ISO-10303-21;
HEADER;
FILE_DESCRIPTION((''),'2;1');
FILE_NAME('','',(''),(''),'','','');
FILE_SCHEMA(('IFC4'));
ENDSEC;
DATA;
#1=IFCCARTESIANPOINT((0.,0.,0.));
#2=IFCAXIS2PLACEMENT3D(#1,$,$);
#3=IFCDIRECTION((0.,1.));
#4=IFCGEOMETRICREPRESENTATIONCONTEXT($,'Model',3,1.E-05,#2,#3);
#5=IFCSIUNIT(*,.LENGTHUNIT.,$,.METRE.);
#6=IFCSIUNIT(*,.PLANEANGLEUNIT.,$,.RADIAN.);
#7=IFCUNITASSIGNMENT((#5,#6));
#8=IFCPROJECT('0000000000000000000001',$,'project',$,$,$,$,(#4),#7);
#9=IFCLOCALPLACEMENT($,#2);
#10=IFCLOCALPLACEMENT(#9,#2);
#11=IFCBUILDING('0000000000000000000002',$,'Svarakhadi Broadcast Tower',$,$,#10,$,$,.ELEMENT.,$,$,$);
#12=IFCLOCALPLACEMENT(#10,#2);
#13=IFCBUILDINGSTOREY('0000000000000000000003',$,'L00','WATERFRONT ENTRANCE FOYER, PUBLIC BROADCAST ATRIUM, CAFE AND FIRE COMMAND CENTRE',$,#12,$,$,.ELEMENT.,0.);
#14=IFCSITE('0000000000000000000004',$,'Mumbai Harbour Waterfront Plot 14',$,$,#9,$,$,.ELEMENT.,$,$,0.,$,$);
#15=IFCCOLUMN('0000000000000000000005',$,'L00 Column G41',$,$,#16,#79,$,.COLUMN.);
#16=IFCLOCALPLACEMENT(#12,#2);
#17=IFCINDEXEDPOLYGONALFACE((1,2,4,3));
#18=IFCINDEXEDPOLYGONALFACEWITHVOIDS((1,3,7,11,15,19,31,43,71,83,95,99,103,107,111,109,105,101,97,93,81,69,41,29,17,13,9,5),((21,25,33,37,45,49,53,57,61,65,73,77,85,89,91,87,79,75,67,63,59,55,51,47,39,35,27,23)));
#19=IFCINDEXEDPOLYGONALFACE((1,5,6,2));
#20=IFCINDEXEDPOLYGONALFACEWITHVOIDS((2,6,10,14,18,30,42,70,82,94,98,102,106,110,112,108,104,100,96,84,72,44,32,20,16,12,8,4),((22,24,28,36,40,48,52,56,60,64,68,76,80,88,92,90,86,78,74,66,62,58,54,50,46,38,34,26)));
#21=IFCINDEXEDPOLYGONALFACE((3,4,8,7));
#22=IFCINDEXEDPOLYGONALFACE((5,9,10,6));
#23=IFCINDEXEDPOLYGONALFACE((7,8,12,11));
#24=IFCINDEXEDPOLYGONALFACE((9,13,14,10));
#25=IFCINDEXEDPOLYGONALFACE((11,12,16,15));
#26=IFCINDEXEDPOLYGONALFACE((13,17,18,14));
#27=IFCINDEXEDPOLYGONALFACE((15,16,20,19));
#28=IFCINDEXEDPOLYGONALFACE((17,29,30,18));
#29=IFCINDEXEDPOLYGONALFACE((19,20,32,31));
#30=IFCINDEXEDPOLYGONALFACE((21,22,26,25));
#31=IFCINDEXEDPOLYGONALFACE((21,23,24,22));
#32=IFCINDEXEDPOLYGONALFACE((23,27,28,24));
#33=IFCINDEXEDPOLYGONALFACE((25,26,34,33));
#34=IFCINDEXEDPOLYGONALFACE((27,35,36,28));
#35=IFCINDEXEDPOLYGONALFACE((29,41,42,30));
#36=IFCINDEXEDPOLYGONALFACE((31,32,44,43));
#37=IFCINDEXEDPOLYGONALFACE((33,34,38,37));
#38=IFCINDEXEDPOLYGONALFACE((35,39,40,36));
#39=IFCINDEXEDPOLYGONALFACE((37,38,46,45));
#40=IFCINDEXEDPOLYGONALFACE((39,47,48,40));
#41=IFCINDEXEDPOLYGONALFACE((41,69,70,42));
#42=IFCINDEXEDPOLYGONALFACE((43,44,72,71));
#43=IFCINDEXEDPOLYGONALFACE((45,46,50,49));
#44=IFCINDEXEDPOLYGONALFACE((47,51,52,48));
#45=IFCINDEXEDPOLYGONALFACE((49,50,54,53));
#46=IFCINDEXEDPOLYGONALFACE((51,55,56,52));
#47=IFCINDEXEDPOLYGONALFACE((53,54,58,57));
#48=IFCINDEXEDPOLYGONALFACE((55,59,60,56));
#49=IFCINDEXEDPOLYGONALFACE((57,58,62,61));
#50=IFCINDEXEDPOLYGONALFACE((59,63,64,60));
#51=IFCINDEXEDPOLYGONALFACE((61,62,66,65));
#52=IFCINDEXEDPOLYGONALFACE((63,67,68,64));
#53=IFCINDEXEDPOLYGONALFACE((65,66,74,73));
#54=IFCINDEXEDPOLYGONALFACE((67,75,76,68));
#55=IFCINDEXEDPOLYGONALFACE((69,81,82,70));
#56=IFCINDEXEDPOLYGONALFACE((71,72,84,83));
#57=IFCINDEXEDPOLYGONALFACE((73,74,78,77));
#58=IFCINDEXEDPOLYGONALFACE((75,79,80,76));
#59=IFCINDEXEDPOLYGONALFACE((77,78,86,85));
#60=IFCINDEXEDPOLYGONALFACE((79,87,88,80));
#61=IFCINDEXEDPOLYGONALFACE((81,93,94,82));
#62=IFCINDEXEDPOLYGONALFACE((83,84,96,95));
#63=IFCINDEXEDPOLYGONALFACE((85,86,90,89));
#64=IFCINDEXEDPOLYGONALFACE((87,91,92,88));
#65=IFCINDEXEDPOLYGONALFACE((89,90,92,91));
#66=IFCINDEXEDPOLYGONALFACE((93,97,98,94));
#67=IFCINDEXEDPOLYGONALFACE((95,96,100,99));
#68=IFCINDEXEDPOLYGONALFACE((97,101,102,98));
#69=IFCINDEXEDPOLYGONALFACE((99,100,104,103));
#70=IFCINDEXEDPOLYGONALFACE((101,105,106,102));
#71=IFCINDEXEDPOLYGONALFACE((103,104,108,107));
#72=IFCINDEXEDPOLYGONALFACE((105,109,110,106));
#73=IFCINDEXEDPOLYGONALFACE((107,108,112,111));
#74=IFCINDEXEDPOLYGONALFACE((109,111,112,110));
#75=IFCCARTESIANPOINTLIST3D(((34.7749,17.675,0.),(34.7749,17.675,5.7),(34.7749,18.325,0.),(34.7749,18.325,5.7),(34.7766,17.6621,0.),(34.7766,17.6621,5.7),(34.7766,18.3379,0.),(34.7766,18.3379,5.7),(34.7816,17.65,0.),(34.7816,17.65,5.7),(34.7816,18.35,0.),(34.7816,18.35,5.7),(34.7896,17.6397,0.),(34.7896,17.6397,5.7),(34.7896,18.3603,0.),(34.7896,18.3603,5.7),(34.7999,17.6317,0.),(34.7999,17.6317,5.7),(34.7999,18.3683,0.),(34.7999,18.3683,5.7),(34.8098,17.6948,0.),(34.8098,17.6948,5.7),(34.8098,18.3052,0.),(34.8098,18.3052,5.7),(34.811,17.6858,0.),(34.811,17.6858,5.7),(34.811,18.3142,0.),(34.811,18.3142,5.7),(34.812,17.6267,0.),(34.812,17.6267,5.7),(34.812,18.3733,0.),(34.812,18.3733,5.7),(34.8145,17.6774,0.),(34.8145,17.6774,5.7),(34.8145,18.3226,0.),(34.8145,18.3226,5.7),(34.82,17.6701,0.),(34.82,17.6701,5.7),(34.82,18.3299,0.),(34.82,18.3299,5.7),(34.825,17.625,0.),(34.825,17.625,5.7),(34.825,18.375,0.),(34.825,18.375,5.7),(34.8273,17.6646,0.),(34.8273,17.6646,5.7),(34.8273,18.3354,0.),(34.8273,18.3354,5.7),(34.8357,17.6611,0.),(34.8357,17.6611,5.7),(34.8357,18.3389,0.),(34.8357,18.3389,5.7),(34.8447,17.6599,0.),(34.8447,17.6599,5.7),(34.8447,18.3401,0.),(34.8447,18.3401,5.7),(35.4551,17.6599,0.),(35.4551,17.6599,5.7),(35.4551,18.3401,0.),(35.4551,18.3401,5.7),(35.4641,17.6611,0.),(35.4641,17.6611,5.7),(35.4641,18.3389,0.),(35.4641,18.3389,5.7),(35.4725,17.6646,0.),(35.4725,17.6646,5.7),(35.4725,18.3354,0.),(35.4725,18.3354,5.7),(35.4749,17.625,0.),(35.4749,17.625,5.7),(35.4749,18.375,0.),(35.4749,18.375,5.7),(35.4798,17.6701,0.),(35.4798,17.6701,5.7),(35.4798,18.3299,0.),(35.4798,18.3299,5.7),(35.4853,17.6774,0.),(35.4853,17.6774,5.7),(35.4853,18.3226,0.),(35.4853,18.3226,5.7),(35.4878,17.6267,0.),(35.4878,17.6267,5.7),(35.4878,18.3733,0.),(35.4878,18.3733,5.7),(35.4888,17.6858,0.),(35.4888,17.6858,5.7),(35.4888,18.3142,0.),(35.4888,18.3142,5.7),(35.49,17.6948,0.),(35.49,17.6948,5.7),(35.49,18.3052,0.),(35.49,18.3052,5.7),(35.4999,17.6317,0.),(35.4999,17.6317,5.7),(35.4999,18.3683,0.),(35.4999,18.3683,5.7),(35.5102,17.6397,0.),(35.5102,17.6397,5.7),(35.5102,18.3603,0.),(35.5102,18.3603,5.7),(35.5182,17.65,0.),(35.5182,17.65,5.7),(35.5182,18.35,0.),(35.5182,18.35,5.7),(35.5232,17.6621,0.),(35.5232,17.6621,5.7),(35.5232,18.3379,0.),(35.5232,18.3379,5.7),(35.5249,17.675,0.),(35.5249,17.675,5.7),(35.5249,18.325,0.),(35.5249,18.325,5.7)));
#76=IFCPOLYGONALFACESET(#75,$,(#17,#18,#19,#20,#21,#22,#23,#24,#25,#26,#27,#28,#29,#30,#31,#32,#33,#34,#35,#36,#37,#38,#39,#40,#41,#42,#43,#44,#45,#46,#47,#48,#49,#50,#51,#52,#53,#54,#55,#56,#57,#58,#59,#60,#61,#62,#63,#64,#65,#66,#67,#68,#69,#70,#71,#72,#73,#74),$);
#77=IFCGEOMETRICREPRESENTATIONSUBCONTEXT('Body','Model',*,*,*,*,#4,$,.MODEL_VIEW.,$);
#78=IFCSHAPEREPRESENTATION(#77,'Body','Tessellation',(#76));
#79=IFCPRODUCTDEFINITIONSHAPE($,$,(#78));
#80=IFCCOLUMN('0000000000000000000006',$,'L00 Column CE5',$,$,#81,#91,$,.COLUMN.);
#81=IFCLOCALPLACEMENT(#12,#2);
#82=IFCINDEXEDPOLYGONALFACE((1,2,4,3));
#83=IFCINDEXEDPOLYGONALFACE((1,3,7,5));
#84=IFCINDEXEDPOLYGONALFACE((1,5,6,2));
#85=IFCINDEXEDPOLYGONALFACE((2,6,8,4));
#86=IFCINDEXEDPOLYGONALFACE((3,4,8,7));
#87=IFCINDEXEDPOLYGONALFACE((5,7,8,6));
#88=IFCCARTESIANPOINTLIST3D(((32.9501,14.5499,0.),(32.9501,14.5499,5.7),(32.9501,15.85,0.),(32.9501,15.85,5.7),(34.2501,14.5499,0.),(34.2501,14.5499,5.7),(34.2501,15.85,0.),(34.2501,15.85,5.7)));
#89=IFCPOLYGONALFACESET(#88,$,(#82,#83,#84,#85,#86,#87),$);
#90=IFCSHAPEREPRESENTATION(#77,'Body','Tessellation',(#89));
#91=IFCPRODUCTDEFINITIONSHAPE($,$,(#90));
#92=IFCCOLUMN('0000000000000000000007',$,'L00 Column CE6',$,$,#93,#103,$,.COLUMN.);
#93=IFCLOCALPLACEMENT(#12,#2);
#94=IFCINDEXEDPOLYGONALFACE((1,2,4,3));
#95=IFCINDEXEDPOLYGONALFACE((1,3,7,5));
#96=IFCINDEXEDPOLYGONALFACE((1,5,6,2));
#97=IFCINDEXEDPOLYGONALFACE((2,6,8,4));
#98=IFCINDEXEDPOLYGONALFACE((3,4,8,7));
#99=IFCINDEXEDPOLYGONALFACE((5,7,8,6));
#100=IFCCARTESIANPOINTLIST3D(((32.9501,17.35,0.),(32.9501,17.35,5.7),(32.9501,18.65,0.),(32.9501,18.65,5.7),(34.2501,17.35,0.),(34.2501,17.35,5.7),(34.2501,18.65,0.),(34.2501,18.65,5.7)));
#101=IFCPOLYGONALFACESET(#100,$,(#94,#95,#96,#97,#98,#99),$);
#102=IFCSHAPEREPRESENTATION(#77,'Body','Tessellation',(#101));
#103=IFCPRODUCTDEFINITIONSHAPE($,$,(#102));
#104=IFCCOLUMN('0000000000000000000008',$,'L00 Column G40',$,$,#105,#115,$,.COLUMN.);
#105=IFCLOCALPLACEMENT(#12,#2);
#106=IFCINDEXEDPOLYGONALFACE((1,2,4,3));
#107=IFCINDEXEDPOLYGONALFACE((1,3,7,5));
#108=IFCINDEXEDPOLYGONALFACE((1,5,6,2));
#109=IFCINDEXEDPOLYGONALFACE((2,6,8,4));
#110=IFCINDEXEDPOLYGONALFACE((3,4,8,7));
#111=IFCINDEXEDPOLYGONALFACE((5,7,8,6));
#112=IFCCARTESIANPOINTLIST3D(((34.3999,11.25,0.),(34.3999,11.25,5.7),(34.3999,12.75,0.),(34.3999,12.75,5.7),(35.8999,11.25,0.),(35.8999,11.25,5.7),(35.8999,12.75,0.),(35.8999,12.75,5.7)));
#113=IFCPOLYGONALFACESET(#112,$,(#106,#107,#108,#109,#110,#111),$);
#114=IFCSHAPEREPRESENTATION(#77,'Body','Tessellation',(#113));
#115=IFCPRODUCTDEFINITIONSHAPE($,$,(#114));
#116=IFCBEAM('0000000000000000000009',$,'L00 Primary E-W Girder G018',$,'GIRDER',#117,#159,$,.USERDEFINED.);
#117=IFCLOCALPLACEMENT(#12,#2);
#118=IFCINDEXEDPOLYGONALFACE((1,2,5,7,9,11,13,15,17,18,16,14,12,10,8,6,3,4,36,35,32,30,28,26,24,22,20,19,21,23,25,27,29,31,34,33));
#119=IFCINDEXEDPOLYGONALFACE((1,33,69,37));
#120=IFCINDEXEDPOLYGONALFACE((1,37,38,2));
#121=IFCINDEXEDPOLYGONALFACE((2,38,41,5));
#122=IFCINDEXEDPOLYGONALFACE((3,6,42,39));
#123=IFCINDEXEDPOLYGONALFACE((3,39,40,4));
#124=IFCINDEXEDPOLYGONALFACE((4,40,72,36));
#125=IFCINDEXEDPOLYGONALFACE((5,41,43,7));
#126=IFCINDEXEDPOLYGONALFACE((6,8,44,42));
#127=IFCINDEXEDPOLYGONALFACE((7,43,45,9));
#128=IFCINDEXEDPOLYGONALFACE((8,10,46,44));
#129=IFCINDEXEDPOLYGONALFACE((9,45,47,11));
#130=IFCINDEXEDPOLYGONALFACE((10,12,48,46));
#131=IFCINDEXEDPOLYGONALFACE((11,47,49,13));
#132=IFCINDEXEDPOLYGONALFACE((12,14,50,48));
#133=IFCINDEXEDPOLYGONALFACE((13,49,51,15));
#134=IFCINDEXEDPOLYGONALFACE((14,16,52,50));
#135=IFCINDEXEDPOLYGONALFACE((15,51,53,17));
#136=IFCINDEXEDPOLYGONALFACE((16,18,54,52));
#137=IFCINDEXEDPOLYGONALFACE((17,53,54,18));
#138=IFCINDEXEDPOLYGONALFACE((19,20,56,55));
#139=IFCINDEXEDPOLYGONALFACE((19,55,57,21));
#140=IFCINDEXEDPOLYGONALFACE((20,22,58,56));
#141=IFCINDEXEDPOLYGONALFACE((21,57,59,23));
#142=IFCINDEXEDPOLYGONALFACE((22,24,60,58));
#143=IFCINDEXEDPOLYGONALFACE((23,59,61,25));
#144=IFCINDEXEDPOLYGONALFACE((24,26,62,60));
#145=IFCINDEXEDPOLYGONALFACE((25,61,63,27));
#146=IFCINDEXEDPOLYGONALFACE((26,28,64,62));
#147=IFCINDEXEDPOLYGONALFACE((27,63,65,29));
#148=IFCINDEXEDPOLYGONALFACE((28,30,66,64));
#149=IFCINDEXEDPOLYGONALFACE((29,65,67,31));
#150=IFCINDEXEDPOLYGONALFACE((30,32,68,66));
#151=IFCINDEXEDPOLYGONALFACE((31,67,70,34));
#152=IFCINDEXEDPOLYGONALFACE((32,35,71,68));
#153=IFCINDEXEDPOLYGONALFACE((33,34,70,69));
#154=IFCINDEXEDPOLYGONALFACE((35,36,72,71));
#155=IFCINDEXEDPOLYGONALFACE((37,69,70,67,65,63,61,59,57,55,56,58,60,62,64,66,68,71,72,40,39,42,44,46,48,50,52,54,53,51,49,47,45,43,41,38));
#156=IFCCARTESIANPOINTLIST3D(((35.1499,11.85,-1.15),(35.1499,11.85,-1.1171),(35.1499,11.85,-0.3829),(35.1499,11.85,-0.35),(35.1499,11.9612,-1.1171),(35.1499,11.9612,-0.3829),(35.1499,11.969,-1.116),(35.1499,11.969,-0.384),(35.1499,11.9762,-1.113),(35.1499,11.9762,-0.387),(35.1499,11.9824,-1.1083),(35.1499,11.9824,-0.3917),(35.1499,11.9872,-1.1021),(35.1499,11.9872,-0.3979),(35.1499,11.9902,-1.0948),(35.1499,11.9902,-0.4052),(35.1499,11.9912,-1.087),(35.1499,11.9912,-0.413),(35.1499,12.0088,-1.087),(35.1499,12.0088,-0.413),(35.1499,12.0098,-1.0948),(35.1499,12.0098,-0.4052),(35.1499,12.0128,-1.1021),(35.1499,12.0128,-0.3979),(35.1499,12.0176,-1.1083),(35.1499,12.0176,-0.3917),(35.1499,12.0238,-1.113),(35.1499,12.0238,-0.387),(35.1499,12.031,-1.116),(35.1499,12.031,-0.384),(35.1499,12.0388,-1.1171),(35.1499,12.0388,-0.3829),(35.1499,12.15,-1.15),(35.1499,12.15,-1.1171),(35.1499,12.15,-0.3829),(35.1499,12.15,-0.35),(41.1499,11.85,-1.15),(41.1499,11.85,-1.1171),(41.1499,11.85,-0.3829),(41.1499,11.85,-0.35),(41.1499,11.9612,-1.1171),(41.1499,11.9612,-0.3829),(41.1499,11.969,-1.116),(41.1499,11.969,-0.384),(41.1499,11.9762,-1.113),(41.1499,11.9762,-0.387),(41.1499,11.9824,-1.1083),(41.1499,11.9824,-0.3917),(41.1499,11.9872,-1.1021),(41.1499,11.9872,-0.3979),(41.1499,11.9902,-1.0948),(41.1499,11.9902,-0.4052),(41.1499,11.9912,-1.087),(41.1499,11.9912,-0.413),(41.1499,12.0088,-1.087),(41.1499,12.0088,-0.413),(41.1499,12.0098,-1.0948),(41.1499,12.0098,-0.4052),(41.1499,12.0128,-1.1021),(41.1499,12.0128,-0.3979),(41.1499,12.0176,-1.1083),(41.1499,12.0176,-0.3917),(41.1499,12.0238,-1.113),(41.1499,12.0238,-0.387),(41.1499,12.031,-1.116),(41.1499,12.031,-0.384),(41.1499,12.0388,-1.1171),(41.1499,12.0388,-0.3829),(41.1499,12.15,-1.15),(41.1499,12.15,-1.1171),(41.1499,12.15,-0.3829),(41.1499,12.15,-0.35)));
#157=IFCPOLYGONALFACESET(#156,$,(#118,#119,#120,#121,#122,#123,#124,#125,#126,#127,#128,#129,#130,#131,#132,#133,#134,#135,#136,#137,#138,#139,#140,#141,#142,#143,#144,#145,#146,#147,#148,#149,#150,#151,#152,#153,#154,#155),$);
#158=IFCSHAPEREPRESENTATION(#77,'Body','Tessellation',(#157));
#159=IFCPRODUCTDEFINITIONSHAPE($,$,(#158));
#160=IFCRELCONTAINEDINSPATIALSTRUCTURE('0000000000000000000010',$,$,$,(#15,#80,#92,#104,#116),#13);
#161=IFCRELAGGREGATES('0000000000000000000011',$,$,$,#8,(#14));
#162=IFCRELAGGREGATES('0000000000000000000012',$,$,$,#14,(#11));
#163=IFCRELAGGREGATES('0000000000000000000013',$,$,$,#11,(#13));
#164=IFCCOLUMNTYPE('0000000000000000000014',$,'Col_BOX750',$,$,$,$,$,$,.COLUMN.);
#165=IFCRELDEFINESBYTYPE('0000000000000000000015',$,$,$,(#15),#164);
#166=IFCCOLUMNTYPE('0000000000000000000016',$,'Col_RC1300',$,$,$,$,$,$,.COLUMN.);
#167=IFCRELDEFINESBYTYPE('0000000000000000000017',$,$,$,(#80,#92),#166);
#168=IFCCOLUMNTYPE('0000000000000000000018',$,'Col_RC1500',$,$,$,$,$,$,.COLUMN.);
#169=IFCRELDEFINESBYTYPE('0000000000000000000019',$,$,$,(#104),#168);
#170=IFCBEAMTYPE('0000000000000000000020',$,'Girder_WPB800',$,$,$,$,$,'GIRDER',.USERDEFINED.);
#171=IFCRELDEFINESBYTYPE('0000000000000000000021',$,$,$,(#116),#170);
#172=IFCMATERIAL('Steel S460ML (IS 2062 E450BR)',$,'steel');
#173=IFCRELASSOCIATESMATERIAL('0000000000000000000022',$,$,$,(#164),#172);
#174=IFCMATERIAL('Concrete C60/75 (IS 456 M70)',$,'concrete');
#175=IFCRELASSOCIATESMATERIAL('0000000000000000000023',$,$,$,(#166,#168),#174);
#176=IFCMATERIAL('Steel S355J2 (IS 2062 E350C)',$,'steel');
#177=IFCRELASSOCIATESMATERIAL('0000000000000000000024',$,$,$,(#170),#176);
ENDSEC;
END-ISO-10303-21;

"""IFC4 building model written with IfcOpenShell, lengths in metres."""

from ifc_helpers import new_model, si_unit, direction, frame, origin, origin_2d, place, context, subcontext, project, spatial, rectangle, hollow_rectangle, i_section, extrude, material, material_profile, profile_set, type_object, element, save


model = new_model("IFC4")

# Units and contexts
model_context = context("Model", 3, precision=1e-05, world=origin(), true_north=direction((0.0, 1.0)))
body_context = subcontext(model_context, "Body", "Model", "MODEL_VIEW")
ifc_project = project(units=[si_unit("LENGTHUNIT", "METRE"), si_unit("PLANEANGLEUNIT", "RADIAN")], contexts=[model_context])

# Site, building, storey
site_placement = place(None, origin())
site = spatial("IfcSite", under=ifc_project, at=site_placement, Name="Mumbai Harbour Waterfront Plot 14", CompositionType="ELEMENT", RefElevation=0.0)
building_placement = place(site_placement, origin())
building = spatial("IfcBuilding", under=site, at=building_placement, Name="Svarakhadi Broadcast Tower", CompositionType="ELEMENT")
storey_placement = place(building_placement, origin())
storey = spatial("IfcBuildingStorey", under=building, at=storey_placement, Name="L00", Description="WATERFRONT ENTRANCE FOYER, PUBLIC BROADCAST ATRIUM, CAFE AND FIRE COMMAND CENTRE", CompositionType="ELEMENT", Elevation=0.0)

# Columns
ifc_material_1 = material(Name="Steel S460ML (IS 2062 E450BR)", Category="steel")
ifc_material_profile_1 = material_profile(ifc_material_1, hollow_rectangle(XDim=0.75, YDim=0.75, WallThickness=0.0349, InnerFilletRadius=0.0349, OuterFilletRadius=0.05, at=origin_2d()), Name="BOX 750x750x35")
ifc_profile_set_1 = profile_set([ifc_material_profile_1], Name="Steel S460ML (IS 2062 E450BR)")
column_type_1 = type_object("IfcColumnType", Name="Col_BOX750", PredefinedType="COLUMN", material=ifc_profile_set_1)
column_1_placement = place(storey_placement, frame((35.1499, 18.0, 0.0), z_axis=(0.0, 0.0, 1.0), x_axis=(1.0, 0.0, 0.0)))
element("IfcColumn", 1, at=column_1_placement, inside=storey, type_object=column_type_1, Name="L00 Column G41", PredefinedType="COLUMN", context=body_context, shape_type="SweptSolid", body=[
    extrude(hollow_rectangle(XDim=0.75, YDim=0.75, WallThickness=0.0349, InnerFilletRadius=0.0349, OuterFilletRadius=0.05, at=origin_2d()), origin(), (0.0, 0.0, 1.0), 5.7),
])
ifc_material_2 = material(Name="Concrete C60/75 (IS 456 M70)", Category="concrete")
ifc_material_profile_2 = material_profile(ifc_material_2, rectangle(XDim=1.3, YDim=1.3, at=origin_2d()), Name="RC 1300x1300")
ifc_profile_set_2 = profile_set([ifc_material_profile_2], Name="Concrete C60/75 (IS 456 M70)")
column_type_2 = type_object("IfcColumnType", Name="Col_RC1300", PredefinedType="COLUMN", material=ifc_profile_set_2)
for number, where, z_axis, x_axis, name in (
    (2, (33.6001, 15.2, 0.0), (0.0, 0.0, 1.0), (1.0, 0.0, 0.0), "L00 Column CE5"),
    (3, (33.6001, 18.0, 0.0), (0.0, 0.0, 1.0), (1.0, 0.0, 0.0), "L00 Column CE6"),
):
    element("IfcColumn", number, at=place(storey_placement, frame(where, z_axis=z_axis, x_axis=x_axis)), inside=storey, type_object=column_type_2, Name=name, PredefinedType="COLUMN", context=body_context, shape_type="SweptSolid", body=[
        extrude(rectangle(XDim=1.3, YDim=1.3, at=origin_2d()), origin(), (0.0, 0.0, 1.0), 5.7),
    ])
ifc_material_profile_3 = material_profile(ifc_material_2, rectangle(XDim=1.5, YDim=1.5, at=origin_2d()), Name="RC 1500x1500")
ifc_profile_set_3 = profile_set([ifc_material_profile_3], Name="Concrete C60/75 (IS 456 M70)")
column_type_3 = type_object("IfcColumnType", Name="Col_RC1500", PredefinedType="COLUMN", material=ifc_profile_set_3)
column_2_placement = place(storey_placement, frame((35.1499, 12.0, 0.0), z_axis=(0.0, 0.0, 1.0), x_axis=(1.0, 0.0, 0.0)))
element("IfcColumn", 4, at=column_2_placement, inside=storey, type_object=column_type_3, Name="L00 Column G40", PredefinedType="COLUMN", context=body_context, shape_type="SweptSolid", body=[
    extrude(rectangle(XDim=1.5, YDim=1.5, at=origin_2d()), origin(), (0.0, 0.0, 1.0), 5.7),
])

# Beam
ifc_material_3 = material(Name="Steel S355J2 (IS 2062 E350C)", Category="steel")
ifc_material_profile_4 = material_profile(ifc_material_3, i_section(OverallWidth=0.3, OverallDepth=0.8, WebThickness=0.0176, FlangeThickness=0.033, FilletRadius=0.03, at=origin_2d()), Name="WPB 800x300x262")
ifc_profile_set_4 = profile_set([ifc_material_profile_4], Name="Steel S355J2 (IS 2062 E350C)")
beam_type_1 = type_object("IfcBeamType", Name="Girder_WPB800", ElementType="GIRDER", PredefinedType="USERDEFINED", material=ifc_profile_set_4)
beam_1_placement = place(storey_placement, frame((35.1499, 12.0, -0.75), z_axis=(1.0, 0.0, 0.0), x_axis=(0.0, 1.0, 0.0)))
element("IfcBeam", 5, at=beam_1_placement, inside=storey, type_object=beam_type_1, Name="L00 Primary E-W Girder G018", ObjectType="GIRDER", PredefinedType="USERDEFINED", context=body_context, shape_type="SweptSolid", body=[
    extrude(i_section(OverallWidth=0.3, OverallDepth=0.8, WebThickness=0.0176, FlangeThickness=0.033, FilletRadius=0.03, at=origin_2d()), origin(), (0.0, 0.0, 1.0), 6.0),
])

save(model, "model.ifc")
